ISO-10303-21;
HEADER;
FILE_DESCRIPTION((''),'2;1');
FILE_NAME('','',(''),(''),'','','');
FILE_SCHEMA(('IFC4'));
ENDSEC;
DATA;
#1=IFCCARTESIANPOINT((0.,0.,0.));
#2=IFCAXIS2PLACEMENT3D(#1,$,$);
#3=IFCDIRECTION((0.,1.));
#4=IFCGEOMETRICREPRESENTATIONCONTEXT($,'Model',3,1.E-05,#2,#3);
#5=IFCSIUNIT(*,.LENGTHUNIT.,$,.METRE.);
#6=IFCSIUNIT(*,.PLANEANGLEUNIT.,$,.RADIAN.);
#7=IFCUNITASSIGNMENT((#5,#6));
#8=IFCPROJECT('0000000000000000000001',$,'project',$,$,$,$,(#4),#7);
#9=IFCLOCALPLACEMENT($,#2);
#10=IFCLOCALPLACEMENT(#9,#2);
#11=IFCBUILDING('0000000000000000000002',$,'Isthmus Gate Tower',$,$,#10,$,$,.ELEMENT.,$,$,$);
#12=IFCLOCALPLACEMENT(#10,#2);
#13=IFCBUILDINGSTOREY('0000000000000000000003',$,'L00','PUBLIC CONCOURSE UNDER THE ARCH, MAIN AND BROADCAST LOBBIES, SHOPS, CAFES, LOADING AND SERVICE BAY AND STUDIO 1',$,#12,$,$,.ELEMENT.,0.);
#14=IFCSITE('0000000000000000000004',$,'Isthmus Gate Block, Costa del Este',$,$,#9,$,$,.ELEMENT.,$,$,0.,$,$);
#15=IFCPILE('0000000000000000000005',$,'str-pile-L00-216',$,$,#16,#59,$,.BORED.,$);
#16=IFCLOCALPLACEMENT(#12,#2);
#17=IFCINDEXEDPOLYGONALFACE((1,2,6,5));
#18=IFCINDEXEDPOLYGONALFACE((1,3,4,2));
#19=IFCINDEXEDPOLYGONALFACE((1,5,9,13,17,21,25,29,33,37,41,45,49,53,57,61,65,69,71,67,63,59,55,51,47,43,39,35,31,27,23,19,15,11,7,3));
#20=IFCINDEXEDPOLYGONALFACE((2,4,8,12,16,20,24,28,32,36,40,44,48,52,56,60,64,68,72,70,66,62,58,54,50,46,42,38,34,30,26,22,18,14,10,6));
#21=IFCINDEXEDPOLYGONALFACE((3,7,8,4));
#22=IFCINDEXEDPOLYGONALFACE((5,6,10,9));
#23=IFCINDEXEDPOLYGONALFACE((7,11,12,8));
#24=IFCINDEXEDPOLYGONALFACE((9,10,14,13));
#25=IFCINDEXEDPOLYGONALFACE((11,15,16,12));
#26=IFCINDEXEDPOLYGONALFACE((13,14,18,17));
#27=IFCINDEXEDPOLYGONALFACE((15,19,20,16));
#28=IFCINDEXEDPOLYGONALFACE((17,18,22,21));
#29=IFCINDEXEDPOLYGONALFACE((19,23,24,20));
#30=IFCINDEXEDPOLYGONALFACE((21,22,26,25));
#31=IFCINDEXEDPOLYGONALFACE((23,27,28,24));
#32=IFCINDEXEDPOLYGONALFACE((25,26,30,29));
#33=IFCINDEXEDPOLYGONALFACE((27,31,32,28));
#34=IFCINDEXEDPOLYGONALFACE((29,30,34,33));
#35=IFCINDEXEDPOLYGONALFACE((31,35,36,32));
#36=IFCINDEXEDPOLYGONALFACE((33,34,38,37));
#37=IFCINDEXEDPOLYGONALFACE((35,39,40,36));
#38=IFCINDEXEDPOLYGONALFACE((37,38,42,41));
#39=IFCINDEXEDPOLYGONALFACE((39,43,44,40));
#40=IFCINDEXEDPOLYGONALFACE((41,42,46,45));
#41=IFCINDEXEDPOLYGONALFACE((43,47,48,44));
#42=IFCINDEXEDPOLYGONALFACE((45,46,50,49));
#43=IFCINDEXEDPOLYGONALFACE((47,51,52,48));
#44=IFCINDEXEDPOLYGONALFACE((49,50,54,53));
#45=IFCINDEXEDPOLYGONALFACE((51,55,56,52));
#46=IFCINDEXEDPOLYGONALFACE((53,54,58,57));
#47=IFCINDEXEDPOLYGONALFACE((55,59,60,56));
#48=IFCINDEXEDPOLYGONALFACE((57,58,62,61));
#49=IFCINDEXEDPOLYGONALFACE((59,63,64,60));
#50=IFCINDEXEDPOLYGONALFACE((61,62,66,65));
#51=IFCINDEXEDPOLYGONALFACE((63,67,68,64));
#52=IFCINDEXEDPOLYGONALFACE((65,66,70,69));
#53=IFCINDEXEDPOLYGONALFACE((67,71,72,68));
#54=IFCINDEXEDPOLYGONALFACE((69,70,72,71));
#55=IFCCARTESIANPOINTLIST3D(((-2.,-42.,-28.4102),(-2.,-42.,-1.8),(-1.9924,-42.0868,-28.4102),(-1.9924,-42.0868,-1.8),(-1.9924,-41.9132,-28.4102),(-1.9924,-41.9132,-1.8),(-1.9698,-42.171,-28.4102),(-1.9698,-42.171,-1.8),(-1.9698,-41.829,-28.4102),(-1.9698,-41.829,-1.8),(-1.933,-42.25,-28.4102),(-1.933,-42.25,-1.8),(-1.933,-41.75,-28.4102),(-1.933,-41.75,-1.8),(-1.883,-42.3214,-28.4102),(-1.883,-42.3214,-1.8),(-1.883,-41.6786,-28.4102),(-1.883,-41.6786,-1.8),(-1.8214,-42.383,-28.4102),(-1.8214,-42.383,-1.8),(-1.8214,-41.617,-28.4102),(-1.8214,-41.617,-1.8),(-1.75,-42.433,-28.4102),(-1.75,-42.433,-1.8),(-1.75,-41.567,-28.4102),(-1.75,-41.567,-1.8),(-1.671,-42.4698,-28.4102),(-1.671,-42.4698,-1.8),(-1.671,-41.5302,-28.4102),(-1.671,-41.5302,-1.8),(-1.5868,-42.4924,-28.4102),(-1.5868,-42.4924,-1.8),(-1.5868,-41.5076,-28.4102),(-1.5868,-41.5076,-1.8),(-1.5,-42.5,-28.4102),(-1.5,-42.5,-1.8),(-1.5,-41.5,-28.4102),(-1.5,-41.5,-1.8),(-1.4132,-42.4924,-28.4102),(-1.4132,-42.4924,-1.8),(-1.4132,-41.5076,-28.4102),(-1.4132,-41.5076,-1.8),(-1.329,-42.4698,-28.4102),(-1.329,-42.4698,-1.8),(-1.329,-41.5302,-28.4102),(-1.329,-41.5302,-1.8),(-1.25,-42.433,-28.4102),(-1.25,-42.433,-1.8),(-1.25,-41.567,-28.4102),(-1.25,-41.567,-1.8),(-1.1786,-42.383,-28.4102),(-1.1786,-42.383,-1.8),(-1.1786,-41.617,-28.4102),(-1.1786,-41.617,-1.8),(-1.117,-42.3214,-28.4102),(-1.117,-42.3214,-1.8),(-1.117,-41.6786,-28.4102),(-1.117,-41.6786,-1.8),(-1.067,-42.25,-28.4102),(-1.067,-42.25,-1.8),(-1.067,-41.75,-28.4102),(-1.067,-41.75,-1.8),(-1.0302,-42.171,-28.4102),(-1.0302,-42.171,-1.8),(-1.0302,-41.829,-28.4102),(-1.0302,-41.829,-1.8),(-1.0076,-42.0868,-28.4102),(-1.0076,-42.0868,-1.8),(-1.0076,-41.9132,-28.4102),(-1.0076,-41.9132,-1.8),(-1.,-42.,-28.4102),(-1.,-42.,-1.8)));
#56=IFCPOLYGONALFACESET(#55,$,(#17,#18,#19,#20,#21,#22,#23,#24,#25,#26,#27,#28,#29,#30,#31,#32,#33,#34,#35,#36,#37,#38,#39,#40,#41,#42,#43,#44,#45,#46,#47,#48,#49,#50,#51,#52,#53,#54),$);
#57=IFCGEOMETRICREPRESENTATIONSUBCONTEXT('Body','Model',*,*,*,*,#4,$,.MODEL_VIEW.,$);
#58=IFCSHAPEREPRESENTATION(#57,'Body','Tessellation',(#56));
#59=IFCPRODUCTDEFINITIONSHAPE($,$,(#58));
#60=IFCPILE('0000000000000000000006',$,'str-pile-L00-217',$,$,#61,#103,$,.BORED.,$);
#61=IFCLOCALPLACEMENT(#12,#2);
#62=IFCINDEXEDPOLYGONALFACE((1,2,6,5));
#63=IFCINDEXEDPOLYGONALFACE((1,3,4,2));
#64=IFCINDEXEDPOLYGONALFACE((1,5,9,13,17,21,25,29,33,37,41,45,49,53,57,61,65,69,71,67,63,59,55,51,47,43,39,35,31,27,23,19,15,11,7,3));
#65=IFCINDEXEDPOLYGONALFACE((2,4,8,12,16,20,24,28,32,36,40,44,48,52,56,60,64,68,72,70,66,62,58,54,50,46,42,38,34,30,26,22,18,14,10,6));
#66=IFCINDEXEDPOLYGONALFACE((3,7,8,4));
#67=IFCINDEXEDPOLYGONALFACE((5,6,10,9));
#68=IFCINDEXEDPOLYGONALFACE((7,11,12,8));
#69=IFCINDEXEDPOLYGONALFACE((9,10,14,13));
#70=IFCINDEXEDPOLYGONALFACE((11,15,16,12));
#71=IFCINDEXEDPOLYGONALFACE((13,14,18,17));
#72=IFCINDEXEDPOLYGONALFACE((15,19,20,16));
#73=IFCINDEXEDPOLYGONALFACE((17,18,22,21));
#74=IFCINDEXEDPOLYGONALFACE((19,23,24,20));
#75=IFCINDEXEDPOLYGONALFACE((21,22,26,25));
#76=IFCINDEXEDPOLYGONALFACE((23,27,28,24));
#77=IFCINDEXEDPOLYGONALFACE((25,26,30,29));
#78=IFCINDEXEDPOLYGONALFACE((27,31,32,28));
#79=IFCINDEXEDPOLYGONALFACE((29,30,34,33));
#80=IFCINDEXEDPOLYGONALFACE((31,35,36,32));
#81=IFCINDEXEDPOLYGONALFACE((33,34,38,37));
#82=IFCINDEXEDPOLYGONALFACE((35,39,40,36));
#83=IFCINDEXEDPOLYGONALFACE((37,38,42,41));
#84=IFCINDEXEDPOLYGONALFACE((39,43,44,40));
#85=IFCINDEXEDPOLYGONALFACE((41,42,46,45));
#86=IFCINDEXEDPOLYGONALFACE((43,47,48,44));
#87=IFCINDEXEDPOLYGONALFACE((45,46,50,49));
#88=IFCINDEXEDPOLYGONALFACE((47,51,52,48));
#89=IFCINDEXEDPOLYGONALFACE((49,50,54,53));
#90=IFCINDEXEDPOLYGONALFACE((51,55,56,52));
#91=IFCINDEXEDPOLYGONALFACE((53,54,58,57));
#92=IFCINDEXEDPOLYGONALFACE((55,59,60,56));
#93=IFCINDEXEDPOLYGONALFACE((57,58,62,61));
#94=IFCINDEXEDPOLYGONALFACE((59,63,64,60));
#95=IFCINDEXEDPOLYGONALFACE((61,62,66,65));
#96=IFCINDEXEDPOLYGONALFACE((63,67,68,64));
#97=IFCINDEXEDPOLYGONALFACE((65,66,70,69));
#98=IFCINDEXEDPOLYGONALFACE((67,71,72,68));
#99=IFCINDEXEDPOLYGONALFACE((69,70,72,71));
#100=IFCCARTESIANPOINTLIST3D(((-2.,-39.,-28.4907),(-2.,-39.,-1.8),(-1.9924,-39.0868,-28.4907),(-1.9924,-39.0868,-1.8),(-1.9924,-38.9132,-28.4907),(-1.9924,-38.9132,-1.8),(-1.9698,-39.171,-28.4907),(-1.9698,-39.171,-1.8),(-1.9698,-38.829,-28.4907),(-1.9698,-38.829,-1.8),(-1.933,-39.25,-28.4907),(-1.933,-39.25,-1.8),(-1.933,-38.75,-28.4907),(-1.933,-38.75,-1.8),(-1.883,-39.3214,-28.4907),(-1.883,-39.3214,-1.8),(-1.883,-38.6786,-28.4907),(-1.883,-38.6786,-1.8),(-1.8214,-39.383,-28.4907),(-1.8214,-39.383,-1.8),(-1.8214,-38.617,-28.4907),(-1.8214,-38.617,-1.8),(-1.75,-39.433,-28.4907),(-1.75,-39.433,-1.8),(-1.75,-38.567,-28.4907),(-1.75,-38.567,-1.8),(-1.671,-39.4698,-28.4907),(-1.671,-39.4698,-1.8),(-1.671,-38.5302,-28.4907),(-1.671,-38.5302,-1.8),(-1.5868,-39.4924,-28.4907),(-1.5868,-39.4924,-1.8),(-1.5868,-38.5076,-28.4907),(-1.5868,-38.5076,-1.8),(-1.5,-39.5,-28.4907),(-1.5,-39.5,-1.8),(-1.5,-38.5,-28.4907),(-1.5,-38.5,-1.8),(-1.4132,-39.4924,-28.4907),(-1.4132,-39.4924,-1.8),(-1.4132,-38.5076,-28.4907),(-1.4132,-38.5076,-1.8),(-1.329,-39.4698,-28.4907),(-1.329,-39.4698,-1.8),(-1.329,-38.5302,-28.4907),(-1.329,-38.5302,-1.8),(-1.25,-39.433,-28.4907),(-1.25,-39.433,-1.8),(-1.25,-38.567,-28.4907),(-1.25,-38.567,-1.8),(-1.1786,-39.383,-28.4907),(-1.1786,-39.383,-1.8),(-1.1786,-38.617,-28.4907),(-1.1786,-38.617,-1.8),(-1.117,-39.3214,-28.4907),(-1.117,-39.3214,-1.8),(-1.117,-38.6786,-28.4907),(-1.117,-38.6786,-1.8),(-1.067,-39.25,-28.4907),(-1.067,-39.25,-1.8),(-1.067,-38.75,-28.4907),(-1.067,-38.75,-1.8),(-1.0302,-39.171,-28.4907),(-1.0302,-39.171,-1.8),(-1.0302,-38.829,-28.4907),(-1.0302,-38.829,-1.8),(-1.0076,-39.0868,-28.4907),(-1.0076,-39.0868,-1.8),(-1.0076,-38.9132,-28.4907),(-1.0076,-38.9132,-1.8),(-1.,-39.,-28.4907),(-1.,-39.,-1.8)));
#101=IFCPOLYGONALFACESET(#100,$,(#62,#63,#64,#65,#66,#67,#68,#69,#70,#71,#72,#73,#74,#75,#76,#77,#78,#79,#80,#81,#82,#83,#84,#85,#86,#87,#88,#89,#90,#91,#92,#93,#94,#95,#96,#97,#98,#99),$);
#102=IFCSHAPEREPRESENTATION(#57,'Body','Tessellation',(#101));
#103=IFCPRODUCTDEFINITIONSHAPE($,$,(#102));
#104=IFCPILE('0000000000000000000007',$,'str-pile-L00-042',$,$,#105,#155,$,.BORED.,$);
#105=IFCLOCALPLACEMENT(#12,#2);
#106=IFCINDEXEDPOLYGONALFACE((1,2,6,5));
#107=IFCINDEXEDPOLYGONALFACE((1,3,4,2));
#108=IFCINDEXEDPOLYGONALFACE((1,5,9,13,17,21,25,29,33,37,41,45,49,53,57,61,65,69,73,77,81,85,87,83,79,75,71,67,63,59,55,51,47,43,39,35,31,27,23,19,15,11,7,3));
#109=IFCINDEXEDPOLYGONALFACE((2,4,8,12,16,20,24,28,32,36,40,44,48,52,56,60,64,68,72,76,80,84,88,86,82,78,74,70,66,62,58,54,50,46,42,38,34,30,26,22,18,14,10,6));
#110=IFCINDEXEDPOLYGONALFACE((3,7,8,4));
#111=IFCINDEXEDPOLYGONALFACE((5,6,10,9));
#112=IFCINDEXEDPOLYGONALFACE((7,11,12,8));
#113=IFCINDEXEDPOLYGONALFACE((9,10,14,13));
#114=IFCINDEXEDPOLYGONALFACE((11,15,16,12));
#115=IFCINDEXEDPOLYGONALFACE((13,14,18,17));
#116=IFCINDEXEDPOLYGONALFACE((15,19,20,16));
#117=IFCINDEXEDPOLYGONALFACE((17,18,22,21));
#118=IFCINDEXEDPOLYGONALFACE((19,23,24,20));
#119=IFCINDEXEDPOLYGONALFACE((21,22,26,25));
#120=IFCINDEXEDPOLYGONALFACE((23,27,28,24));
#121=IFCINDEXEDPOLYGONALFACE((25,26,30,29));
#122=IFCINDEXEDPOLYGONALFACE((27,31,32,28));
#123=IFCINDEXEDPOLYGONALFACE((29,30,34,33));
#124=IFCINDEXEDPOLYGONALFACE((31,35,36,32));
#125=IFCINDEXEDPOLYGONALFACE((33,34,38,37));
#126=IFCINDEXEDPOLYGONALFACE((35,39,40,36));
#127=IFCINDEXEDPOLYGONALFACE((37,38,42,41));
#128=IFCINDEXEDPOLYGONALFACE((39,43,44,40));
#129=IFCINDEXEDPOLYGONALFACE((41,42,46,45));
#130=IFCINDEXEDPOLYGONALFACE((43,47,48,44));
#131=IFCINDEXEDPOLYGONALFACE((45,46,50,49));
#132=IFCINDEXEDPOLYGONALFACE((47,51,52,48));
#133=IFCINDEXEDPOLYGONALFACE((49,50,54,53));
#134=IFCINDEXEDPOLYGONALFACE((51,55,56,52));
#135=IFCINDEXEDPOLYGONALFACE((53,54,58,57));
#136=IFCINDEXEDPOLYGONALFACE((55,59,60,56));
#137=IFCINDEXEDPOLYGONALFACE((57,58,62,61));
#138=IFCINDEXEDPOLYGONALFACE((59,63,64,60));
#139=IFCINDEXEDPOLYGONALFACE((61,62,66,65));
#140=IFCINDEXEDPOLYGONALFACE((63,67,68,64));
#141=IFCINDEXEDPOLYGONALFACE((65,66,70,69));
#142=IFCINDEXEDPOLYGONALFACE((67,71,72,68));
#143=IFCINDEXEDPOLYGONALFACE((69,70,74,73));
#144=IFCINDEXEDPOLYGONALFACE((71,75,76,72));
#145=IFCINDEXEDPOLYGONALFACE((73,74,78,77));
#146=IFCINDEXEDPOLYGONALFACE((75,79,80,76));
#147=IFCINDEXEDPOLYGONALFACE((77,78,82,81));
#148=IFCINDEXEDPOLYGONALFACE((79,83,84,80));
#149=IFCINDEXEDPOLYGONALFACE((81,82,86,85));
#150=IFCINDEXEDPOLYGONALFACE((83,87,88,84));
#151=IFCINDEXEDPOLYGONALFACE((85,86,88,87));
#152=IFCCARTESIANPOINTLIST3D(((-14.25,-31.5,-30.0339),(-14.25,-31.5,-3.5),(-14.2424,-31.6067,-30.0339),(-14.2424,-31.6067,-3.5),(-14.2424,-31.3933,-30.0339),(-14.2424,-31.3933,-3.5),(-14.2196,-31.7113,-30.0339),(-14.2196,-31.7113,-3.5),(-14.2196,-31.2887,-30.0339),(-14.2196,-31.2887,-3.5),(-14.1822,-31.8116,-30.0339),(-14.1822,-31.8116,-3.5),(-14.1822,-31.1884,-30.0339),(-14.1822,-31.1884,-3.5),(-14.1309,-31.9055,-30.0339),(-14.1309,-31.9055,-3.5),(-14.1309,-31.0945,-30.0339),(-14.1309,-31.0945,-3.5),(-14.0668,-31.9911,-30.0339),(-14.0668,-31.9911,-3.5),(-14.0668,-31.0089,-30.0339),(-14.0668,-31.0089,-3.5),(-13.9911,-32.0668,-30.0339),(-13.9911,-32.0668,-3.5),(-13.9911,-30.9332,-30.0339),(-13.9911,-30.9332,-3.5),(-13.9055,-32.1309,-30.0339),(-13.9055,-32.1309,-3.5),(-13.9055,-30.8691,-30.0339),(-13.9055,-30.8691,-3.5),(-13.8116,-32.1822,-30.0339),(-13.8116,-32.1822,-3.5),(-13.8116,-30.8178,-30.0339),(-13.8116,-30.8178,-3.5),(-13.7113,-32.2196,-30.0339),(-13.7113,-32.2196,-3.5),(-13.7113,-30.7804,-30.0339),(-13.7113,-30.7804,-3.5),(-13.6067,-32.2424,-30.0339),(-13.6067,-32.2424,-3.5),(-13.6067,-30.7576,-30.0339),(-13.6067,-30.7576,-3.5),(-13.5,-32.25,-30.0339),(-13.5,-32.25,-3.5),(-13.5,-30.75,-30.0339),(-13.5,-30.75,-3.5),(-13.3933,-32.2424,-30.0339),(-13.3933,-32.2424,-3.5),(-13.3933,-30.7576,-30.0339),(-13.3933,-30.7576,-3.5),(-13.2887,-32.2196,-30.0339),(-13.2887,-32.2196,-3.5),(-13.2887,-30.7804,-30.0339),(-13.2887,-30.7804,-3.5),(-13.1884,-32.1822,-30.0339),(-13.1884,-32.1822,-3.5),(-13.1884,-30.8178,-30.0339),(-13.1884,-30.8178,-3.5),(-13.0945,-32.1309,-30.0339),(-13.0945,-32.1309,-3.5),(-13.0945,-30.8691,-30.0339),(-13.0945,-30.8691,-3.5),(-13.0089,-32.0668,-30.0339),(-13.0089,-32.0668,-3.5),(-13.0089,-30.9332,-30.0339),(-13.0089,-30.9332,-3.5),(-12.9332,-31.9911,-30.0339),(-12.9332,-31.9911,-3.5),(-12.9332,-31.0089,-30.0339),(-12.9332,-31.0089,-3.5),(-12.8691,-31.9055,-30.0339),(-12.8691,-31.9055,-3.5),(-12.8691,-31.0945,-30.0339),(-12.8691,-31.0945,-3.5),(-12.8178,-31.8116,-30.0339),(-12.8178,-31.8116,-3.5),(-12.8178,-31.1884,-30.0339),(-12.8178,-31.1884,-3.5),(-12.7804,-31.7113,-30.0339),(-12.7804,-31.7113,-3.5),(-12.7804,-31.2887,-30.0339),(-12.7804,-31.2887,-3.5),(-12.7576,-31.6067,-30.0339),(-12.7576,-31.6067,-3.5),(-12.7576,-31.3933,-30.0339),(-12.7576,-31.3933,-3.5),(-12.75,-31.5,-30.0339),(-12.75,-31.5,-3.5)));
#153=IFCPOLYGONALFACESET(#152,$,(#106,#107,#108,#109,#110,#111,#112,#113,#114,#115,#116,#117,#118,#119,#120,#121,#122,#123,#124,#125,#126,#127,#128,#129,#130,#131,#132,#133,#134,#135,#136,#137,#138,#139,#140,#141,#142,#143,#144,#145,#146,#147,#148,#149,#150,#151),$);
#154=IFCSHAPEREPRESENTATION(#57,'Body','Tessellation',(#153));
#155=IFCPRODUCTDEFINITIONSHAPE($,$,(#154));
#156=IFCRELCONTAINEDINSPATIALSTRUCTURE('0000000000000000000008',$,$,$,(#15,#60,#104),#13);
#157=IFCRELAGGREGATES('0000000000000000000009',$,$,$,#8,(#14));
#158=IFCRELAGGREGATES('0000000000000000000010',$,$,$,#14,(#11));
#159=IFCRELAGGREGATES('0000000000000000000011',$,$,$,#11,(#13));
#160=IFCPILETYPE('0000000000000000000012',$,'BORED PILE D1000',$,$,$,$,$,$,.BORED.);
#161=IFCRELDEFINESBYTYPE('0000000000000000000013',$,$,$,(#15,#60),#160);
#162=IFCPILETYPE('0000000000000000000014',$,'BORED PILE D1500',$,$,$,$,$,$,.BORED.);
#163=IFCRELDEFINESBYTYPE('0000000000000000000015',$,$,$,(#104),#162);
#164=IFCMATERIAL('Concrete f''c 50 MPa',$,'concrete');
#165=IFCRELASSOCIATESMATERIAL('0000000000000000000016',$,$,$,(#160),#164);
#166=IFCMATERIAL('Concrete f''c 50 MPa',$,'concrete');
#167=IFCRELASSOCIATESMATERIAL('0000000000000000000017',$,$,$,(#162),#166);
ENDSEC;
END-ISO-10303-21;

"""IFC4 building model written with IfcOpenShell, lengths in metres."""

from ifc_helpers import new_model, si_unit, direction, frame, origin, origin_2d, place, context, subcontext, project, spatial, circle, extrude, material, material_profile, profile_set, type_object, element, save


model = new_model("IFC4")

# Units and contexts
model_context = context("Model", 3, precision=1e-05, world=origin(), true_north=direction((0.0, 1.0)))
body_context = subcontext(model_context, "Body", "Model", "MODEL_VIEW")
ifc_project = project(units=[si_unit("LENGTHUNIT", "METRE"), si_unit("PLANEANGLEUNIT", "RADIAN")], contexts=[model_context])

# Site, building, storey
site_placement = place(None, origin())
site = spatial("IfcSite", under=ifc_project, at=site_placement, Name="Isthmus Gate Block, Costa del Este", CompositionType="ELEMENT", RefElevation=0.0)
building_placement = place(site_placement, origin())
building = spatial("IfcBuilding", under=site, at=building_placement, Name="Isthmus Gate Tower", CompositionType="ELEMENT")
storey_placement = place(building_placement, origin())
storey = spatial("IfcBuildingStorey", under=building, at=storey_placement, Name="L00", Description="PUBLIC CONCOURSE UNDER THE ARCH, MAIN AND BROADCAST LOBBIES, SHOPS, CAFES, LOADING AND SERVICE BAY AND STUDIO 1", CompositionType="ELEMENT", Elevation=0.0)

# Piles
ifc_material_1 = material(Name="Concrete f'c 50 MPa", Category="concrete")
ifc_material_profile_1 = material_profile(ifc_material_1, circle(Radius=0.5, at=origin_2d()), Name="D1000")
ifc_profile_set_1 = profile_set([ifc_material_profile_1], Name="Concrete f'c 50 MPa")
pile_type_1 = type_object("IfcPileType", Name="BORED PILE D1000", PredefinedType="BORED", material=ifc_profile_set_1)
pile_1_placement = place(storey_placement, frame((-1.5, -42.0, -1.8), z_axis=(0.0, 0.0, -1.0), x_axis=(1.0, 0.0, 0.0)))
element("IfcPile", 1, at=pile_1_placement, inside=storey, type_object=pile_type_1, Name="str-pile-L00-216", PredefinedType="BORED", context=body_context, shape_type="SweptSolid", body=[
    extrude(circle(Radius=0.5, at=origin_2d()), origin(), (0.0, 0.0, 1.0), 26.6101),
])
pile_2_placement = place(storey_placement, frame((-1.5, -39.0, -1.8), z_axis=(0.0, 0.0, -1.0), x_axis=(1.0, 0.0, 0.0)))
element("IfcPile", 2, at=pile_2_placement, inside=storey, type_object=pile_type_1, Name="str-pile-L00-217", PredefinedType="BORED", context=body_context, shape_type="SweptSolid", body=[
    extrude(circle(Radius=0.5, at=origin_2d()), origin(), (0.0, 0.0, 1.0), 26.6907),
])
ifc_material_2 = material(Name="Concrete f'c 50 MPa", Category="concrete")
ifc_material_profile_2 = material_profile(ifc_material_2, circle(Radius=0.75, at=origin_2d()), Name="D1500")
ifc_profile_set_2 = profile_set([ifc_material_profile_2], Name="Concrete f'c 50 MPa")
pile_type_2 = type_object("IfcPileType", Name="BORED PILE D1500", PredefinedType="BORED", material=ifc_profile_set_2)
pile_3_placement = place(storey_placement, frame((-13.5, -31.5, -3.5), z_axis=(0.0, 0.0, -1.0), x_axis=(1.0, 0.0, 0.0)))
element("IfcPile", 3, at=pile_3_placement, inside=storey, type_object=pile_type_2, Name="str-pile-L00-042", PredefinedType="BORED", context=body_context, shape_type="SweptSolid", body=[
    extrude(circle(Radius=0.75, at=origin_2d()), origin(), (0.0, 0.0, 1.0), 26.5339),
])

save(model, "model.ifc")
